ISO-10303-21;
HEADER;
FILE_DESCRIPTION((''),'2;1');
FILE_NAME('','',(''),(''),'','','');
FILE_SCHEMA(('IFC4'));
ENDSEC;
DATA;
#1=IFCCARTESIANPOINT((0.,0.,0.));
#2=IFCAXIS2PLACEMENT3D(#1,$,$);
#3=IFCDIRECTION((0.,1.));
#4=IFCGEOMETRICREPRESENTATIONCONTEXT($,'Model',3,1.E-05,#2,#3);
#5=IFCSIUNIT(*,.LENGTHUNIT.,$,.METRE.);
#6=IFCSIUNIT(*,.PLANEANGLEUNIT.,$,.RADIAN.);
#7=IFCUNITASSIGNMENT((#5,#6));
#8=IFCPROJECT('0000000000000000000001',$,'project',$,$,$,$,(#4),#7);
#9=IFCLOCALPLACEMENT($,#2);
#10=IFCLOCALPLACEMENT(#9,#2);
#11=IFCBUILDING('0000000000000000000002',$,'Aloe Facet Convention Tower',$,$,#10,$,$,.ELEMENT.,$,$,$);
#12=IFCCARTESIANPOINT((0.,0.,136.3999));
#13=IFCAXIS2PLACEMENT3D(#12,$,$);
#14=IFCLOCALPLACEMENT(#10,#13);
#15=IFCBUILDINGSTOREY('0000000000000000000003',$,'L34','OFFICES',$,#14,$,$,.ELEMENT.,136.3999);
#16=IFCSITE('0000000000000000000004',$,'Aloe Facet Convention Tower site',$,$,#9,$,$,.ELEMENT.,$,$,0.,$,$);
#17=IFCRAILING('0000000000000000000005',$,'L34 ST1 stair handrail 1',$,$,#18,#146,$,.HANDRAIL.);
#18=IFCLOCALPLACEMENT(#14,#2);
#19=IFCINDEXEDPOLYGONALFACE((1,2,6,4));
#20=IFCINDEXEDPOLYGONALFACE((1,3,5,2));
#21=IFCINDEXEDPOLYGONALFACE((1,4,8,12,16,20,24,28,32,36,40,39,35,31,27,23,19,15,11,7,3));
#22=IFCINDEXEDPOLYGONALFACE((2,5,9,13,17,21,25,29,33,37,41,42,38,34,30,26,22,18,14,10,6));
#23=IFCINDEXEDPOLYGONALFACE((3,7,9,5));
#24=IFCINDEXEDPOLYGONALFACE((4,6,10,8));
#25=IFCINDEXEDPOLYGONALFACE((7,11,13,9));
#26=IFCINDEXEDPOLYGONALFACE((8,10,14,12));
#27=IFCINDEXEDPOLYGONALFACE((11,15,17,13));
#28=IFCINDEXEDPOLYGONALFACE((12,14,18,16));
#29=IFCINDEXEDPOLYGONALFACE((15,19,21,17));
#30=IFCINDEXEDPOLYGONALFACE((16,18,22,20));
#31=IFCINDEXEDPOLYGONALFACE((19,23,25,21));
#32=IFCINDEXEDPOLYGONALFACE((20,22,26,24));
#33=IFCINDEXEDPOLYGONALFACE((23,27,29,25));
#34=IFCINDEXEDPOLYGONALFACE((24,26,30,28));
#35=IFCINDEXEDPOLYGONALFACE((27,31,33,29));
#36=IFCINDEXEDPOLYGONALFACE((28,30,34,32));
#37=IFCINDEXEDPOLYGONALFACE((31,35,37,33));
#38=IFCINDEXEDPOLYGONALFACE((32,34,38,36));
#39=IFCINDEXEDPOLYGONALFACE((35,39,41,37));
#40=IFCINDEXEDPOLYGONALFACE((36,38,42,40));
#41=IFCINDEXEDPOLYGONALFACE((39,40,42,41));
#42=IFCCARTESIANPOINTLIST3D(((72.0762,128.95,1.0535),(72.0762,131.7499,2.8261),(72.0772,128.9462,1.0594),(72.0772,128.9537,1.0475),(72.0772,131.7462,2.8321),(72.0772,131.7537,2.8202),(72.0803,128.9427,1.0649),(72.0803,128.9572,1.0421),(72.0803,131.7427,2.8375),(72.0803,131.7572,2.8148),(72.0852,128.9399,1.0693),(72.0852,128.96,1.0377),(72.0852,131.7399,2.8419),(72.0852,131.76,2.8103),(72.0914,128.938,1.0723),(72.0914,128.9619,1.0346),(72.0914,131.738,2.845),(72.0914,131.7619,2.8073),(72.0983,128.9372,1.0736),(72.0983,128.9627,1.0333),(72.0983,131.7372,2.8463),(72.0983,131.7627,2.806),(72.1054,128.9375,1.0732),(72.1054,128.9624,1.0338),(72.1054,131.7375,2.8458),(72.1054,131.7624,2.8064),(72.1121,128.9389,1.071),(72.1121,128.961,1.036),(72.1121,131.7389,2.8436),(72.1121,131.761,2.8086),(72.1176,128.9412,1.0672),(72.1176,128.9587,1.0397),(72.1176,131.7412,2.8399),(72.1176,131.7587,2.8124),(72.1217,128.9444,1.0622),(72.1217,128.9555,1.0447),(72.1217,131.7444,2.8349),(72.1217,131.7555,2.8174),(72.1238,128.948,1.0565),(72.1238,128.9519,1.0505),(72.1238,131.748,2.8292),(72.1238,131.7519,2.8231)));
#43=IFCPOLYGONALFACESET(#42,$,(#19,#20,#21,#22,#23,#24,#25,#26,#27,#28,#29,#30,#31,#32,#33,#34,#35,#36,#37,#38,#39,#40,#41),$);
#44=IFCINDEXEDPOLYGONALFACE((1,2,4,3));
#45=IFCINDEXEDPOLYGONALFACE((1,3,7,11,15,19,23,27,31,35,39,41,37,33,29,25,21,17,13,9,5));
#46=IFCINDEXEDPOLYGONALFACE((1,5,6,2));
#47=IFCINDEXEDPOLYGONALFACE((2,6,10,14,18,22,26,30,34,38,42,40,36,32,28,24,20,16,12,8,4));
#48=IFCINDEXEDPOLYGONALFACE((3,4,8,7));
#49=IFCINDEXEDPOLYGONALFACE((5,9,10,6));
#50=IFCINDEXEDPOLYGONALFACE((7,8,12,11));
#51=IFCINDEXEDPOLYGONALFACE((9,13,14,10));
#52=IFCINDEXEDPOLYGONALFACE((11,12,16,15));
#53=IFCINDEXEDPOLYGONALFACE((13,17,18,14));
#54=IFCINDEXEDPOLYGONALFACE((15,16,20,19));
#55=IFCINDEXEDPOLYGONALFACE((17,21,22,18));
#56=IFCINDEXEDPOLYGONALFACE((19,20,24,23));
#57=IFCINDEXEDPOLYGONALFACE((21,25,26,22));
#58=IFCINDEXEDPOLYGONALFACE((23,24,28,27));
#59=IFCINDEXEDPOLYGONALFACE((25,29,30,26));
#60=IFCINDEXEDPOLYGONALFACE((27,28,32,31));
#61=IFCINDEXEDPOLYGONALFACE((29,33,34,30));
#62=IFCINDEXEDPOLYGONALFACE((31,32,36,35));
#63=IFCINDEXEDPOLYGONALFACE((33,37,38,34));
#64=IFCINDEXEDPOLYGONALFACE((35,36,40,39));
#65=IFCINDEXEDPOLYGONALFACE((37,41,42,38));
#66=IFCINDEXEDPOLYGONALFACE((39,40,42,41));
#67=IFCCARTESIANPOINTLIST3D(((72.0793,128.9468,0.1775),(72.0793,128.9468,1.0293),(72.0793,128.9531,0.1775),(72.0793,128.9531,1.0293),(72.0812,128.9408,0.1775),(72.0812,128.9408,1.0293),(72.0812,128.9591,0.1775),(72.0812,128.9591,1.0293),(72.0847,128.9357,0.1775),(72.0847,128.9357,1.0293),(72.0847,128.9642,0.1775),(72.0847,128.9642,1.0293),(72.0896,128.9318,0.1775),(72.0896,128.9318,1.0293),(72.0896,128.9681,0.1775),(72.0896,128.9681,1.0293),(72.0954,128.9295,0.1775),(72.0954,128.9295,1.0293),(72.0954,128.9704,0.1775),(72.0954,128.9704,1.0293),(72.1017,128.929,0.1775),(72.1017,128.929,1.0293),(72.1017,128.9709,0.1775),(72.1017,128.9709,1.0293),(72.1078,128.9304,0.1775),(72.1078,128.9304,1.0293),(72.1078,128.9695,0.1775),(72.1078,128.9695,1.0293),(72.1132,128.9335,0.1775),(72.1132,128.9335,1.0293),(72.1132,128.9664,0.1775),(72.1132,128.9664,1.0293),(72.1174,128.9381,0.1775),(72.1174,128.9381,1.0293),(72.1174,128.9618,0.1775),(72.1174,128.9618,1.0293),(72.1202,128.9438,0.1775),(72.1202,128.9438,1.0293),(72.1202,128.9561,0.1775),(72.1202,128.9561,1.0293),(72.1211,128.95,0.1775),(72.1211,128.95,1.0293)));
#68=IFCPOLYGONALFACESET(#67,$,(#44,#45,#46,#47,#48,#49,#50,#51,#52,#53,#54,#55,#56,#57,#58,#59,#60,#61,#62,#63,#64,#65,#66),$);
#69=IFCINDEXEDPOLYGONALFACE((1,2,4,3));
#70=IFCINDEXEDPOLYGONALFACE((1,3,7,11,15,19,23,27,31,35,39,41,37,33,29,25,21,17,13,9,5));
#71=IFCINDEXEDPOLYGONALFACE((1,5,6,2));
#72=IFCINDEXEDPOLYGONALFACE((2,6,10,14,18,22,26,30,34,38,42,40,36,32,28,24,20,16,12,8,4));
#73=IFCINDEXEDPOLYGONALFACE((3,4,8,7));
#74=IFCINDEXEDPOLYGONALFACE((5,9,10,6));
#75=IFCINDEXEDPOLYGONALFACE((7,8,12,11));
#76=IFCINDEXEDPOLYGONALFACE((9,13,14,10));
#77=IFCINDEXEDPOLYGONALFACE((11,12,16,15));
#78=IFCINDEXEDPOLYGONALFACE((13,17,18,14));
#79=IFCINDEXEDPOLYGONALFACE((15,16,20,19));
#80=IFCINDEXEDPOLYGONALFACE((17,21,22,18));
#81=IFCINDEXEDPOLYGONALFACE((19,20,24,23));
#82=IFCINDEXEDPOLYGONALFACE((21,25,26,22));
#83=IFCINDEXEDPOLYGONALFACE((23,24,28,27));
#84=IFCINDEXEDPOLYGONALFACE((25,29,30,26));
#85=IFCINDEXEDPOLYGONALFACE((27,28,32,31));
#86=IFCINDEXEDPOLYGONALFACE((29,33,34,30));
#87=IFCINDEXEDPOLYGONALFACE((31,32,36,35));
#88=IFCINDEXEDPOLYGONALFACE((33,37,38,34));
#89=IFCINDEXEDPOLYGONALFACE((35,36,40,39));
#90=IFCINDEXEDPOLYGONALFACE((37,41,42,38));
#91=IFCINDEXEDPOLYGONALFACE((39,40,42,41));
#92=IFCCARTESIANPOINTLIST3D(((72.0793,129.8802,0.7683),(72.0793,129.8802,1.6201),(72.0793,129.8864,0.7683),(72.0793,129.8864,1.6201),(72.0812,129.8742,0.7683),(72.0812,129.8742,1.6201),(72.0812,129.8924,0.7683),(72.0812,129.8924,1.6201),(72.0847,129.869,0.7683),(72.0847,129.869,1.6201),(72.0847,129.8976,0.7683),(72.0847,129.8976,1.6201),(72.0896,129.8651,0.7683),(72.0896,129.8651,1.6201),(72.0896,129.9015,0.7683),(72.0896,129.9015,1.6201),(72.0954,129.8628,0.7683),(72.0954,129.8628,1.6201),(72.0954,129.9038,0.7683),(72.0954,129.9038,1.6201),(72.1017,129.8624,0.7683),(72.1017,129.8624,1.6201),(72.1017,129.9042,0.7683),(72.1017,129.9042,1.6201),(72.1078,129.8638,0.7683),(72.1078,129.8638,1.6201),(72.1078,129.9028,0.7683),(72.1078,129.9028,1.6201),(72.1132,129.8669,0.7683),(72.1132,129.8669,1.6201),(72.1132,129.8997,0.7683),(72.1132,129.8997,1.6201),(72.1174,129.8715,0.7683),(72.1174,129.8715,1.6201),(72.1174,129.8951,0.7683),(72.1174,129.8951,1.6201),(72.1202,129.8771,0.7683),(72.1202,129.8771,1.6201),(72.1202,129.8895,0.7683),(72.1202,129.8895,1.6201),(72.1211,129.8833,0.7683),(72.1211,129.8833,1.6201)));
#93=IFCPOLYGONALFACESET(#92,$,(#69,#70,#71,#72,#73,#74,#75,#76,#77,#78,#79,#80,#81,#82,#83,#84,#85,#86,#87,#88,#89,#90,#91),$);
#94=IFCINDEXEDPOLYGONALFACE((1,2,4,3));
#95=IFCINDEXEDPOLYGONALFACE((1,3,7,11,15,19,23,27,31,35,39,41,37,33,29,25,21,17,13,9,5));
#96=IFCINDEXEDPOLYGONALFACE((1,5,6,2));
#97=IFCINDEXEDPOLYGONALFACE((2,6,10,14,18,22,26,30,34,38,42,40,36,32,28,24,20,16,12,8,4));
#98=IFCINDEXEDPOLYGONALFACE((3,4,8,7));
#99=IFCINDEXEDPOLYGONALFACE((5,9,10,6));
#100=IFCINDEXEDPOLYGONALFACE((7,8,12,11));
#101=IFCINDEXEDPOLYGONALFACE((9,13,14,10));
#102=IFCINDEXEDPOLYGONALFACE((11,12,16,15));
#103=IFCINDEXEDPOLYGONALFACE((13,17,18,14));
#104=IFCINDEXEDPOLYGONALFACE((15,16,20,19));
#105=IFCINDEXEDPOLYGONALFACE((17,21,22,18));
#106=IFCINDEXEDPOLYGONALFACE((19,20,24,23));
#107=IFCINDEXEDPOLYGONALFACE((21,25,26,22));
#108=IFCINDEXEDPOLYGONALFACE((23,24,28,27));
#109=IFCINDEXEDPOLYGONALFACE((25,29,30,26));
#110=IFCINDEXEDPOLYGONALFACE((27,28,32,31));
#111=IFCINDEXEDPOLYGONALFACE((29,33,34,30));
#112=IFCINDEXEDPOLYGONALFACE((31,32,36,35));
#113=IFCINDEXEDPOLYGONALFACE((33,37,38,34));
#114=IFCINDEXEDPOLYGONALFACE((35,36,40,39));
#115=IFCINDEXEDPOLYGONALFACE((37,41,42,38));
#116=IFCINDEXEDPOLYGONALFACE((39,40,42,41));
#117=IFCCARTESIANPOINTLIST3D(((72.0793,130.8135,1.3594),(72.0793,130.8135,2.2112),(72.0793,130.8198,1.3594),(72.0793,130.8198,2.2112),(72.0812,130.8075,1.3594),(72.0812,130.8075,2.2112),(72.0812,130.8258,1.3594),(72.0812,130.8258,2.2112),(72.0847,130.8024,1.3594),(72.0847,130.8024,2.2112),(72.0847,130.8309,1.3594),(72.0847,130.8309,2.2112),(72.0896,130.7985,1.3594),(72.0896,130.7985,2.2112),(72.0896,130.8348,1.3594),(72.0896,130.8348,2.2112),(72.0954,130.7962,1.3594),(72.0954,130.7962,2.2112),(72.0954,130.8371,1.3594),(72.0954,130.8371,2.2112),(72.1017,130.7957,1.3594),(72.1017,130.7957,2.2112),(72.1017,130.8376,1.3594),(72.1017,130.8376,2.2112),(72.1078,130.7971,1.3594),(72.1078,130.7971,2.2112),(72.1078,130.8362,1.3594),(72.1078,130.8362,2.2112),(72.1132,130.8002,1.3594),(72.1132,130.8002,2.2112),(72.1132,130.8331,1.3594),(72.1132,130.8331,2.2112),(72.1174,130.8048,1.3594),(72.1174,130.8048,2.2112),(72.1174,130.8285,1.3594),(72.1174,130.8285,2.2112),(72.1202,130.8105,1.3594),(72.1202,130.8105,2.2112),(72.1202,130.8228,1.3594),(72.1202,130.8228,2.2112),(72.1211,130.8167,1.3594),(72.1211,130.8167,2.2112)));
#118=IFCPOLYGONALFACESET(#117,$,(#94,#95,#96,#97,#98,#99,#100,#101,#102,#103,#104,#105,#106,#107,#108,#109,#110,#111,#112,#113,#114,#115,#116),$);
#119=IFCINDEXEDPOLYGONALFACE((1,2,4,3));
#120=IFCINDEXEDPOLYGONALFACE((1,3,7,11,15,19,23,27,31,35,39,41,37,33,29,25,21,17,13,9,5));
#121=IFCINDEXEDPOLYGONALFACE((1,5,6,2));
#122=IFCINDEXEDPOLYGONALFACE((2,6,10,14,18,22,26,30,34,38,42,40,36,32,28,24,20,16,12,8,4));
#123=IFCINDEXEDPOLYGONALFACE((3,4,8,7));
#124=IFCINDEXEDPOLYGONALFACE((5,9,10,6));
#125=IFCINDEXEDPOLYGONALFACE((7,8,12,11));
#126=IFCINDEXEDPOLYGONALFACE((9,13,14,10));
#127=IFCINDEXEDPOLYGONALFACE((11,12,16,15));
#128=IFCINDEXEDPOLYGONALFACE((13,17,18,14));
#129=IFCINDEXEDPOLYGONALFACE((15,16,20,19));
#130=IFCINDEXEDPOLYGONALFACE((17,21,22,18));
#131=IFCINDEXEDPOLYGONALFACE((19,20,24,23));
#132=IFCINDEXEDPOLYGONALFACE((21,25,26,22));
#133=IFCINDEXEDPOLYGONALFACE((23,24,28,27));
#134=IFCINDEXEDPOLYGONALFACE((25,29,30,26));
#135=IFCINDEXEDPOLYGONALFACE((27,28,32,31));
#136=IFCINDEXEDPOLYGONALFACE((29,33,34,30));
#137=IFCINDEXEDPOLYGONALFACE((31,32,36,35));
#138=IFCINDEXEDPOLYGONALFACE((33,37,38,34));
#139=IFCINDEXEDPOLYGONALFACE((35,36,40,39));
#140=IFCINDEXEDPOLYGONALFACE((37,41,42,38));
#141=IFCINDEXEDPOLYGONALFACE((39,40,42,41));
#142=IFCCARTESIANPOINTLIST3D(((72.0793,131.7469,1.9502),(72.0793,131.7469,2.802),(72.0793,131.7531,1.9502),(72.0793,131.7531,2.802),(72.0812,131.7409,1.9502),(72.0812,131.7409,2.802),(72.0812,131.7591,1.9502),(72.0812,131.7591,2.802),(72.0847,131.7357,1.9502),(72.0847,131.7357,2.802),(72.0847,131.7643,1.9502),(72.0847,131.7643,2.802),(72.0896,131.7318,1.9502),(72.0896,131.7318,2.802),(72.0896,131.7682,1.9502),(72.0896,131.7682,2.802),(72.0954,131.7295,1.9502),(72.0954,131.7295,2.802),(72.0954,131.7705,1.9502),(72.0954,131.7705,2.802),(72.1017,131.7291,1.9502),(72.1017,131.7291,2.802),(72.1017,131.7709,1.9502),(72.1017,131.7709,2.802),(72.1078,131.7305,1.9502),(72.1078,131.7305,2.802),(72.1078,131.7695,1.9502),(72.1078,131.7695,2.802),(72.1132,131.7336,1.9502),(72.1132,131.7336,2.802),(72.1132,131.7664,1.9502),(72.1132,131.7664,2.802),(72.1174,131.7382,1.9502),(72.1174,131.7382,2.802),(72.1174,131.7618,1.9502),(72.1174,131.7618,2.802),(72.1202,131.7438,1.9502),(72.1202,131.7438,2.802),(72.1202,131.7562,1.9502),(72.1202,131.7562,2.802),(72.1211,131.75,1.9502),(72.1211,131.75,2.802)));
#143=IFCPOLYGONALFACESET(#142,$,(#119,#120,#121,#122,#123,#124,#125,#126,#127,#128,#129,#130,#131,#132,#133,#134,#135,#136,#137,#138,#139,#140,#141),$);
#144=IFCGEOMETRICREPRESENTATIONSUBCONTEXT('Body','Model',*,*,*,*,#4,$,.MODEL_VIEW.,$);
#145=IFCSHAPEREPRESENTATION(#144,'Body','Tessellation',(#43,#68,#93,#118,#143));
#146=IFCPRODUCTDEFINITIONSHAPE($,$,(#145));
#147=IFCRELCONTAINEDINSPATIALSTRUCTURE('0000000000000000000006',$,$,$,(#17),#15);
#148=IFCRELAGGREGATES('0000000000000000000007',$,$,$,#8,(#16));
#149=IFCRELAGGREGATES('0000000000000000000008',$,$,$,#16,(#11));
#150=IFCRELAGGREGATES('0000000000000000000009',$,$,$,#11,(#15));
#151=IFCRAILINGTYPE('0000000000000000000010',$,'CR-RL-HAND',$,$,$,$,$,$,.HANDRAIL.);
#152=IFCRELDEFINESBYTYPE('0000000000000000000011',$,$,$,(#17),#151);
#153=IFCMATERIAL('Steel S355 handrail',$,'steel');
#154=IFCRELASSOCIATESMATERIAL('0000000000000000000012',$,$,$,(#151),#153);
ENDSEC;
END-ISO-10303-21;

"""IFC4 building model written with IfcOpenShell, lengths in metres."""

from ifc_helpers import new_model, si_unit, direction, frame, origin, origin_2d, place, context, subcontext, project, spatial, circle, extrude, material, type_object, element, save


model = new_model("IFC4")

# Units and contexts
model_context = context("Model", 3, precision=1e-05, world=origin(), true_north=direction((0.0, 1.0)))
body_context = subcontext(model_context, "Body", "Model", "MODEL_VIEW")
ifc_project = project(units=[si_unit("LENGTHUNIT", "METRE"), si_unit("PLANEANGLEUNIT", "RADIAN")], contexts=[model_context])

# Site, building, storey
site_placement = place(None, origin())
site = spatial("IfcSite", under=ifc_project, at=site_placement, Name="Aloe Facet Convention Tower site", CompositionType="ELEMENT", RefElevation=0.0)
building_placement = place(site_placement, origin())
building = spatial("IfcBuilding", under=site, at=building_placement, Name="Aloe Facet Convention Tower", CompositionType="ELEMENT")
storey_placement = place(building_placement, frame((0.0, 0.0, 136.3999)))
storey = spatial("IfcBuildingStorey", under=building, at=storey_placement, Name="L34", Description="OFFICES", CompositionType="ELEMENT", Elevation=136.3999)

# Railing
ifc_material_1 = material(Name="Steel S355 handrail", Category="steel")
railing_type_1 = type_object("IfcRailingType", Name="CR-RL-HAND", PredefinedType="HANDRAIL", material=ifc_material_1)
railing_1_placement = place(storey_placement, frame((72.1001, 128.95, 0.1775)))
element("IfcRailing", 1, at=railing_1_placement, inside=storey, type_object=railing_type_1, Name="L34 ST1 stair handrail 1", PredefinedType="HANDRAIL", context=body_context, shape_type="SweptSolid", body=[
    extrude(circle(Radius=0.0239, at=origin_2d()), frame((0.0, 0.0, 0.876), z_axis=(0.0, 0.844909, 0.53491), x_axis=(-1.0, 0.0, 0.0)), (0.0, 0.0, 1.0), 3.314),
    extrude(circle(Radius=0.021, at=origin_2d()), origin(), (0.0, 0.0, 1.0), 0.8518),
    extrude(circle(Radius=0.021, at=origin_2d()), frame((0.0, 0.9333, 0.5908)), (0.0, 0.0, 1.0), 0.8518),
    extrude(circle(Radius=0.021, at=origin_2d()), frame((0.0, 1.8667, 1.1819)), (0.0, 0.0, 1.0), 0.8518),
    extrude(circle(Radius=0.021, at=origin_2d()), frame((0.0, 2.8, 1.7727)), (0.0, 0.0, 1.0), 0.8518),
])

save(model, "model.ifc")
